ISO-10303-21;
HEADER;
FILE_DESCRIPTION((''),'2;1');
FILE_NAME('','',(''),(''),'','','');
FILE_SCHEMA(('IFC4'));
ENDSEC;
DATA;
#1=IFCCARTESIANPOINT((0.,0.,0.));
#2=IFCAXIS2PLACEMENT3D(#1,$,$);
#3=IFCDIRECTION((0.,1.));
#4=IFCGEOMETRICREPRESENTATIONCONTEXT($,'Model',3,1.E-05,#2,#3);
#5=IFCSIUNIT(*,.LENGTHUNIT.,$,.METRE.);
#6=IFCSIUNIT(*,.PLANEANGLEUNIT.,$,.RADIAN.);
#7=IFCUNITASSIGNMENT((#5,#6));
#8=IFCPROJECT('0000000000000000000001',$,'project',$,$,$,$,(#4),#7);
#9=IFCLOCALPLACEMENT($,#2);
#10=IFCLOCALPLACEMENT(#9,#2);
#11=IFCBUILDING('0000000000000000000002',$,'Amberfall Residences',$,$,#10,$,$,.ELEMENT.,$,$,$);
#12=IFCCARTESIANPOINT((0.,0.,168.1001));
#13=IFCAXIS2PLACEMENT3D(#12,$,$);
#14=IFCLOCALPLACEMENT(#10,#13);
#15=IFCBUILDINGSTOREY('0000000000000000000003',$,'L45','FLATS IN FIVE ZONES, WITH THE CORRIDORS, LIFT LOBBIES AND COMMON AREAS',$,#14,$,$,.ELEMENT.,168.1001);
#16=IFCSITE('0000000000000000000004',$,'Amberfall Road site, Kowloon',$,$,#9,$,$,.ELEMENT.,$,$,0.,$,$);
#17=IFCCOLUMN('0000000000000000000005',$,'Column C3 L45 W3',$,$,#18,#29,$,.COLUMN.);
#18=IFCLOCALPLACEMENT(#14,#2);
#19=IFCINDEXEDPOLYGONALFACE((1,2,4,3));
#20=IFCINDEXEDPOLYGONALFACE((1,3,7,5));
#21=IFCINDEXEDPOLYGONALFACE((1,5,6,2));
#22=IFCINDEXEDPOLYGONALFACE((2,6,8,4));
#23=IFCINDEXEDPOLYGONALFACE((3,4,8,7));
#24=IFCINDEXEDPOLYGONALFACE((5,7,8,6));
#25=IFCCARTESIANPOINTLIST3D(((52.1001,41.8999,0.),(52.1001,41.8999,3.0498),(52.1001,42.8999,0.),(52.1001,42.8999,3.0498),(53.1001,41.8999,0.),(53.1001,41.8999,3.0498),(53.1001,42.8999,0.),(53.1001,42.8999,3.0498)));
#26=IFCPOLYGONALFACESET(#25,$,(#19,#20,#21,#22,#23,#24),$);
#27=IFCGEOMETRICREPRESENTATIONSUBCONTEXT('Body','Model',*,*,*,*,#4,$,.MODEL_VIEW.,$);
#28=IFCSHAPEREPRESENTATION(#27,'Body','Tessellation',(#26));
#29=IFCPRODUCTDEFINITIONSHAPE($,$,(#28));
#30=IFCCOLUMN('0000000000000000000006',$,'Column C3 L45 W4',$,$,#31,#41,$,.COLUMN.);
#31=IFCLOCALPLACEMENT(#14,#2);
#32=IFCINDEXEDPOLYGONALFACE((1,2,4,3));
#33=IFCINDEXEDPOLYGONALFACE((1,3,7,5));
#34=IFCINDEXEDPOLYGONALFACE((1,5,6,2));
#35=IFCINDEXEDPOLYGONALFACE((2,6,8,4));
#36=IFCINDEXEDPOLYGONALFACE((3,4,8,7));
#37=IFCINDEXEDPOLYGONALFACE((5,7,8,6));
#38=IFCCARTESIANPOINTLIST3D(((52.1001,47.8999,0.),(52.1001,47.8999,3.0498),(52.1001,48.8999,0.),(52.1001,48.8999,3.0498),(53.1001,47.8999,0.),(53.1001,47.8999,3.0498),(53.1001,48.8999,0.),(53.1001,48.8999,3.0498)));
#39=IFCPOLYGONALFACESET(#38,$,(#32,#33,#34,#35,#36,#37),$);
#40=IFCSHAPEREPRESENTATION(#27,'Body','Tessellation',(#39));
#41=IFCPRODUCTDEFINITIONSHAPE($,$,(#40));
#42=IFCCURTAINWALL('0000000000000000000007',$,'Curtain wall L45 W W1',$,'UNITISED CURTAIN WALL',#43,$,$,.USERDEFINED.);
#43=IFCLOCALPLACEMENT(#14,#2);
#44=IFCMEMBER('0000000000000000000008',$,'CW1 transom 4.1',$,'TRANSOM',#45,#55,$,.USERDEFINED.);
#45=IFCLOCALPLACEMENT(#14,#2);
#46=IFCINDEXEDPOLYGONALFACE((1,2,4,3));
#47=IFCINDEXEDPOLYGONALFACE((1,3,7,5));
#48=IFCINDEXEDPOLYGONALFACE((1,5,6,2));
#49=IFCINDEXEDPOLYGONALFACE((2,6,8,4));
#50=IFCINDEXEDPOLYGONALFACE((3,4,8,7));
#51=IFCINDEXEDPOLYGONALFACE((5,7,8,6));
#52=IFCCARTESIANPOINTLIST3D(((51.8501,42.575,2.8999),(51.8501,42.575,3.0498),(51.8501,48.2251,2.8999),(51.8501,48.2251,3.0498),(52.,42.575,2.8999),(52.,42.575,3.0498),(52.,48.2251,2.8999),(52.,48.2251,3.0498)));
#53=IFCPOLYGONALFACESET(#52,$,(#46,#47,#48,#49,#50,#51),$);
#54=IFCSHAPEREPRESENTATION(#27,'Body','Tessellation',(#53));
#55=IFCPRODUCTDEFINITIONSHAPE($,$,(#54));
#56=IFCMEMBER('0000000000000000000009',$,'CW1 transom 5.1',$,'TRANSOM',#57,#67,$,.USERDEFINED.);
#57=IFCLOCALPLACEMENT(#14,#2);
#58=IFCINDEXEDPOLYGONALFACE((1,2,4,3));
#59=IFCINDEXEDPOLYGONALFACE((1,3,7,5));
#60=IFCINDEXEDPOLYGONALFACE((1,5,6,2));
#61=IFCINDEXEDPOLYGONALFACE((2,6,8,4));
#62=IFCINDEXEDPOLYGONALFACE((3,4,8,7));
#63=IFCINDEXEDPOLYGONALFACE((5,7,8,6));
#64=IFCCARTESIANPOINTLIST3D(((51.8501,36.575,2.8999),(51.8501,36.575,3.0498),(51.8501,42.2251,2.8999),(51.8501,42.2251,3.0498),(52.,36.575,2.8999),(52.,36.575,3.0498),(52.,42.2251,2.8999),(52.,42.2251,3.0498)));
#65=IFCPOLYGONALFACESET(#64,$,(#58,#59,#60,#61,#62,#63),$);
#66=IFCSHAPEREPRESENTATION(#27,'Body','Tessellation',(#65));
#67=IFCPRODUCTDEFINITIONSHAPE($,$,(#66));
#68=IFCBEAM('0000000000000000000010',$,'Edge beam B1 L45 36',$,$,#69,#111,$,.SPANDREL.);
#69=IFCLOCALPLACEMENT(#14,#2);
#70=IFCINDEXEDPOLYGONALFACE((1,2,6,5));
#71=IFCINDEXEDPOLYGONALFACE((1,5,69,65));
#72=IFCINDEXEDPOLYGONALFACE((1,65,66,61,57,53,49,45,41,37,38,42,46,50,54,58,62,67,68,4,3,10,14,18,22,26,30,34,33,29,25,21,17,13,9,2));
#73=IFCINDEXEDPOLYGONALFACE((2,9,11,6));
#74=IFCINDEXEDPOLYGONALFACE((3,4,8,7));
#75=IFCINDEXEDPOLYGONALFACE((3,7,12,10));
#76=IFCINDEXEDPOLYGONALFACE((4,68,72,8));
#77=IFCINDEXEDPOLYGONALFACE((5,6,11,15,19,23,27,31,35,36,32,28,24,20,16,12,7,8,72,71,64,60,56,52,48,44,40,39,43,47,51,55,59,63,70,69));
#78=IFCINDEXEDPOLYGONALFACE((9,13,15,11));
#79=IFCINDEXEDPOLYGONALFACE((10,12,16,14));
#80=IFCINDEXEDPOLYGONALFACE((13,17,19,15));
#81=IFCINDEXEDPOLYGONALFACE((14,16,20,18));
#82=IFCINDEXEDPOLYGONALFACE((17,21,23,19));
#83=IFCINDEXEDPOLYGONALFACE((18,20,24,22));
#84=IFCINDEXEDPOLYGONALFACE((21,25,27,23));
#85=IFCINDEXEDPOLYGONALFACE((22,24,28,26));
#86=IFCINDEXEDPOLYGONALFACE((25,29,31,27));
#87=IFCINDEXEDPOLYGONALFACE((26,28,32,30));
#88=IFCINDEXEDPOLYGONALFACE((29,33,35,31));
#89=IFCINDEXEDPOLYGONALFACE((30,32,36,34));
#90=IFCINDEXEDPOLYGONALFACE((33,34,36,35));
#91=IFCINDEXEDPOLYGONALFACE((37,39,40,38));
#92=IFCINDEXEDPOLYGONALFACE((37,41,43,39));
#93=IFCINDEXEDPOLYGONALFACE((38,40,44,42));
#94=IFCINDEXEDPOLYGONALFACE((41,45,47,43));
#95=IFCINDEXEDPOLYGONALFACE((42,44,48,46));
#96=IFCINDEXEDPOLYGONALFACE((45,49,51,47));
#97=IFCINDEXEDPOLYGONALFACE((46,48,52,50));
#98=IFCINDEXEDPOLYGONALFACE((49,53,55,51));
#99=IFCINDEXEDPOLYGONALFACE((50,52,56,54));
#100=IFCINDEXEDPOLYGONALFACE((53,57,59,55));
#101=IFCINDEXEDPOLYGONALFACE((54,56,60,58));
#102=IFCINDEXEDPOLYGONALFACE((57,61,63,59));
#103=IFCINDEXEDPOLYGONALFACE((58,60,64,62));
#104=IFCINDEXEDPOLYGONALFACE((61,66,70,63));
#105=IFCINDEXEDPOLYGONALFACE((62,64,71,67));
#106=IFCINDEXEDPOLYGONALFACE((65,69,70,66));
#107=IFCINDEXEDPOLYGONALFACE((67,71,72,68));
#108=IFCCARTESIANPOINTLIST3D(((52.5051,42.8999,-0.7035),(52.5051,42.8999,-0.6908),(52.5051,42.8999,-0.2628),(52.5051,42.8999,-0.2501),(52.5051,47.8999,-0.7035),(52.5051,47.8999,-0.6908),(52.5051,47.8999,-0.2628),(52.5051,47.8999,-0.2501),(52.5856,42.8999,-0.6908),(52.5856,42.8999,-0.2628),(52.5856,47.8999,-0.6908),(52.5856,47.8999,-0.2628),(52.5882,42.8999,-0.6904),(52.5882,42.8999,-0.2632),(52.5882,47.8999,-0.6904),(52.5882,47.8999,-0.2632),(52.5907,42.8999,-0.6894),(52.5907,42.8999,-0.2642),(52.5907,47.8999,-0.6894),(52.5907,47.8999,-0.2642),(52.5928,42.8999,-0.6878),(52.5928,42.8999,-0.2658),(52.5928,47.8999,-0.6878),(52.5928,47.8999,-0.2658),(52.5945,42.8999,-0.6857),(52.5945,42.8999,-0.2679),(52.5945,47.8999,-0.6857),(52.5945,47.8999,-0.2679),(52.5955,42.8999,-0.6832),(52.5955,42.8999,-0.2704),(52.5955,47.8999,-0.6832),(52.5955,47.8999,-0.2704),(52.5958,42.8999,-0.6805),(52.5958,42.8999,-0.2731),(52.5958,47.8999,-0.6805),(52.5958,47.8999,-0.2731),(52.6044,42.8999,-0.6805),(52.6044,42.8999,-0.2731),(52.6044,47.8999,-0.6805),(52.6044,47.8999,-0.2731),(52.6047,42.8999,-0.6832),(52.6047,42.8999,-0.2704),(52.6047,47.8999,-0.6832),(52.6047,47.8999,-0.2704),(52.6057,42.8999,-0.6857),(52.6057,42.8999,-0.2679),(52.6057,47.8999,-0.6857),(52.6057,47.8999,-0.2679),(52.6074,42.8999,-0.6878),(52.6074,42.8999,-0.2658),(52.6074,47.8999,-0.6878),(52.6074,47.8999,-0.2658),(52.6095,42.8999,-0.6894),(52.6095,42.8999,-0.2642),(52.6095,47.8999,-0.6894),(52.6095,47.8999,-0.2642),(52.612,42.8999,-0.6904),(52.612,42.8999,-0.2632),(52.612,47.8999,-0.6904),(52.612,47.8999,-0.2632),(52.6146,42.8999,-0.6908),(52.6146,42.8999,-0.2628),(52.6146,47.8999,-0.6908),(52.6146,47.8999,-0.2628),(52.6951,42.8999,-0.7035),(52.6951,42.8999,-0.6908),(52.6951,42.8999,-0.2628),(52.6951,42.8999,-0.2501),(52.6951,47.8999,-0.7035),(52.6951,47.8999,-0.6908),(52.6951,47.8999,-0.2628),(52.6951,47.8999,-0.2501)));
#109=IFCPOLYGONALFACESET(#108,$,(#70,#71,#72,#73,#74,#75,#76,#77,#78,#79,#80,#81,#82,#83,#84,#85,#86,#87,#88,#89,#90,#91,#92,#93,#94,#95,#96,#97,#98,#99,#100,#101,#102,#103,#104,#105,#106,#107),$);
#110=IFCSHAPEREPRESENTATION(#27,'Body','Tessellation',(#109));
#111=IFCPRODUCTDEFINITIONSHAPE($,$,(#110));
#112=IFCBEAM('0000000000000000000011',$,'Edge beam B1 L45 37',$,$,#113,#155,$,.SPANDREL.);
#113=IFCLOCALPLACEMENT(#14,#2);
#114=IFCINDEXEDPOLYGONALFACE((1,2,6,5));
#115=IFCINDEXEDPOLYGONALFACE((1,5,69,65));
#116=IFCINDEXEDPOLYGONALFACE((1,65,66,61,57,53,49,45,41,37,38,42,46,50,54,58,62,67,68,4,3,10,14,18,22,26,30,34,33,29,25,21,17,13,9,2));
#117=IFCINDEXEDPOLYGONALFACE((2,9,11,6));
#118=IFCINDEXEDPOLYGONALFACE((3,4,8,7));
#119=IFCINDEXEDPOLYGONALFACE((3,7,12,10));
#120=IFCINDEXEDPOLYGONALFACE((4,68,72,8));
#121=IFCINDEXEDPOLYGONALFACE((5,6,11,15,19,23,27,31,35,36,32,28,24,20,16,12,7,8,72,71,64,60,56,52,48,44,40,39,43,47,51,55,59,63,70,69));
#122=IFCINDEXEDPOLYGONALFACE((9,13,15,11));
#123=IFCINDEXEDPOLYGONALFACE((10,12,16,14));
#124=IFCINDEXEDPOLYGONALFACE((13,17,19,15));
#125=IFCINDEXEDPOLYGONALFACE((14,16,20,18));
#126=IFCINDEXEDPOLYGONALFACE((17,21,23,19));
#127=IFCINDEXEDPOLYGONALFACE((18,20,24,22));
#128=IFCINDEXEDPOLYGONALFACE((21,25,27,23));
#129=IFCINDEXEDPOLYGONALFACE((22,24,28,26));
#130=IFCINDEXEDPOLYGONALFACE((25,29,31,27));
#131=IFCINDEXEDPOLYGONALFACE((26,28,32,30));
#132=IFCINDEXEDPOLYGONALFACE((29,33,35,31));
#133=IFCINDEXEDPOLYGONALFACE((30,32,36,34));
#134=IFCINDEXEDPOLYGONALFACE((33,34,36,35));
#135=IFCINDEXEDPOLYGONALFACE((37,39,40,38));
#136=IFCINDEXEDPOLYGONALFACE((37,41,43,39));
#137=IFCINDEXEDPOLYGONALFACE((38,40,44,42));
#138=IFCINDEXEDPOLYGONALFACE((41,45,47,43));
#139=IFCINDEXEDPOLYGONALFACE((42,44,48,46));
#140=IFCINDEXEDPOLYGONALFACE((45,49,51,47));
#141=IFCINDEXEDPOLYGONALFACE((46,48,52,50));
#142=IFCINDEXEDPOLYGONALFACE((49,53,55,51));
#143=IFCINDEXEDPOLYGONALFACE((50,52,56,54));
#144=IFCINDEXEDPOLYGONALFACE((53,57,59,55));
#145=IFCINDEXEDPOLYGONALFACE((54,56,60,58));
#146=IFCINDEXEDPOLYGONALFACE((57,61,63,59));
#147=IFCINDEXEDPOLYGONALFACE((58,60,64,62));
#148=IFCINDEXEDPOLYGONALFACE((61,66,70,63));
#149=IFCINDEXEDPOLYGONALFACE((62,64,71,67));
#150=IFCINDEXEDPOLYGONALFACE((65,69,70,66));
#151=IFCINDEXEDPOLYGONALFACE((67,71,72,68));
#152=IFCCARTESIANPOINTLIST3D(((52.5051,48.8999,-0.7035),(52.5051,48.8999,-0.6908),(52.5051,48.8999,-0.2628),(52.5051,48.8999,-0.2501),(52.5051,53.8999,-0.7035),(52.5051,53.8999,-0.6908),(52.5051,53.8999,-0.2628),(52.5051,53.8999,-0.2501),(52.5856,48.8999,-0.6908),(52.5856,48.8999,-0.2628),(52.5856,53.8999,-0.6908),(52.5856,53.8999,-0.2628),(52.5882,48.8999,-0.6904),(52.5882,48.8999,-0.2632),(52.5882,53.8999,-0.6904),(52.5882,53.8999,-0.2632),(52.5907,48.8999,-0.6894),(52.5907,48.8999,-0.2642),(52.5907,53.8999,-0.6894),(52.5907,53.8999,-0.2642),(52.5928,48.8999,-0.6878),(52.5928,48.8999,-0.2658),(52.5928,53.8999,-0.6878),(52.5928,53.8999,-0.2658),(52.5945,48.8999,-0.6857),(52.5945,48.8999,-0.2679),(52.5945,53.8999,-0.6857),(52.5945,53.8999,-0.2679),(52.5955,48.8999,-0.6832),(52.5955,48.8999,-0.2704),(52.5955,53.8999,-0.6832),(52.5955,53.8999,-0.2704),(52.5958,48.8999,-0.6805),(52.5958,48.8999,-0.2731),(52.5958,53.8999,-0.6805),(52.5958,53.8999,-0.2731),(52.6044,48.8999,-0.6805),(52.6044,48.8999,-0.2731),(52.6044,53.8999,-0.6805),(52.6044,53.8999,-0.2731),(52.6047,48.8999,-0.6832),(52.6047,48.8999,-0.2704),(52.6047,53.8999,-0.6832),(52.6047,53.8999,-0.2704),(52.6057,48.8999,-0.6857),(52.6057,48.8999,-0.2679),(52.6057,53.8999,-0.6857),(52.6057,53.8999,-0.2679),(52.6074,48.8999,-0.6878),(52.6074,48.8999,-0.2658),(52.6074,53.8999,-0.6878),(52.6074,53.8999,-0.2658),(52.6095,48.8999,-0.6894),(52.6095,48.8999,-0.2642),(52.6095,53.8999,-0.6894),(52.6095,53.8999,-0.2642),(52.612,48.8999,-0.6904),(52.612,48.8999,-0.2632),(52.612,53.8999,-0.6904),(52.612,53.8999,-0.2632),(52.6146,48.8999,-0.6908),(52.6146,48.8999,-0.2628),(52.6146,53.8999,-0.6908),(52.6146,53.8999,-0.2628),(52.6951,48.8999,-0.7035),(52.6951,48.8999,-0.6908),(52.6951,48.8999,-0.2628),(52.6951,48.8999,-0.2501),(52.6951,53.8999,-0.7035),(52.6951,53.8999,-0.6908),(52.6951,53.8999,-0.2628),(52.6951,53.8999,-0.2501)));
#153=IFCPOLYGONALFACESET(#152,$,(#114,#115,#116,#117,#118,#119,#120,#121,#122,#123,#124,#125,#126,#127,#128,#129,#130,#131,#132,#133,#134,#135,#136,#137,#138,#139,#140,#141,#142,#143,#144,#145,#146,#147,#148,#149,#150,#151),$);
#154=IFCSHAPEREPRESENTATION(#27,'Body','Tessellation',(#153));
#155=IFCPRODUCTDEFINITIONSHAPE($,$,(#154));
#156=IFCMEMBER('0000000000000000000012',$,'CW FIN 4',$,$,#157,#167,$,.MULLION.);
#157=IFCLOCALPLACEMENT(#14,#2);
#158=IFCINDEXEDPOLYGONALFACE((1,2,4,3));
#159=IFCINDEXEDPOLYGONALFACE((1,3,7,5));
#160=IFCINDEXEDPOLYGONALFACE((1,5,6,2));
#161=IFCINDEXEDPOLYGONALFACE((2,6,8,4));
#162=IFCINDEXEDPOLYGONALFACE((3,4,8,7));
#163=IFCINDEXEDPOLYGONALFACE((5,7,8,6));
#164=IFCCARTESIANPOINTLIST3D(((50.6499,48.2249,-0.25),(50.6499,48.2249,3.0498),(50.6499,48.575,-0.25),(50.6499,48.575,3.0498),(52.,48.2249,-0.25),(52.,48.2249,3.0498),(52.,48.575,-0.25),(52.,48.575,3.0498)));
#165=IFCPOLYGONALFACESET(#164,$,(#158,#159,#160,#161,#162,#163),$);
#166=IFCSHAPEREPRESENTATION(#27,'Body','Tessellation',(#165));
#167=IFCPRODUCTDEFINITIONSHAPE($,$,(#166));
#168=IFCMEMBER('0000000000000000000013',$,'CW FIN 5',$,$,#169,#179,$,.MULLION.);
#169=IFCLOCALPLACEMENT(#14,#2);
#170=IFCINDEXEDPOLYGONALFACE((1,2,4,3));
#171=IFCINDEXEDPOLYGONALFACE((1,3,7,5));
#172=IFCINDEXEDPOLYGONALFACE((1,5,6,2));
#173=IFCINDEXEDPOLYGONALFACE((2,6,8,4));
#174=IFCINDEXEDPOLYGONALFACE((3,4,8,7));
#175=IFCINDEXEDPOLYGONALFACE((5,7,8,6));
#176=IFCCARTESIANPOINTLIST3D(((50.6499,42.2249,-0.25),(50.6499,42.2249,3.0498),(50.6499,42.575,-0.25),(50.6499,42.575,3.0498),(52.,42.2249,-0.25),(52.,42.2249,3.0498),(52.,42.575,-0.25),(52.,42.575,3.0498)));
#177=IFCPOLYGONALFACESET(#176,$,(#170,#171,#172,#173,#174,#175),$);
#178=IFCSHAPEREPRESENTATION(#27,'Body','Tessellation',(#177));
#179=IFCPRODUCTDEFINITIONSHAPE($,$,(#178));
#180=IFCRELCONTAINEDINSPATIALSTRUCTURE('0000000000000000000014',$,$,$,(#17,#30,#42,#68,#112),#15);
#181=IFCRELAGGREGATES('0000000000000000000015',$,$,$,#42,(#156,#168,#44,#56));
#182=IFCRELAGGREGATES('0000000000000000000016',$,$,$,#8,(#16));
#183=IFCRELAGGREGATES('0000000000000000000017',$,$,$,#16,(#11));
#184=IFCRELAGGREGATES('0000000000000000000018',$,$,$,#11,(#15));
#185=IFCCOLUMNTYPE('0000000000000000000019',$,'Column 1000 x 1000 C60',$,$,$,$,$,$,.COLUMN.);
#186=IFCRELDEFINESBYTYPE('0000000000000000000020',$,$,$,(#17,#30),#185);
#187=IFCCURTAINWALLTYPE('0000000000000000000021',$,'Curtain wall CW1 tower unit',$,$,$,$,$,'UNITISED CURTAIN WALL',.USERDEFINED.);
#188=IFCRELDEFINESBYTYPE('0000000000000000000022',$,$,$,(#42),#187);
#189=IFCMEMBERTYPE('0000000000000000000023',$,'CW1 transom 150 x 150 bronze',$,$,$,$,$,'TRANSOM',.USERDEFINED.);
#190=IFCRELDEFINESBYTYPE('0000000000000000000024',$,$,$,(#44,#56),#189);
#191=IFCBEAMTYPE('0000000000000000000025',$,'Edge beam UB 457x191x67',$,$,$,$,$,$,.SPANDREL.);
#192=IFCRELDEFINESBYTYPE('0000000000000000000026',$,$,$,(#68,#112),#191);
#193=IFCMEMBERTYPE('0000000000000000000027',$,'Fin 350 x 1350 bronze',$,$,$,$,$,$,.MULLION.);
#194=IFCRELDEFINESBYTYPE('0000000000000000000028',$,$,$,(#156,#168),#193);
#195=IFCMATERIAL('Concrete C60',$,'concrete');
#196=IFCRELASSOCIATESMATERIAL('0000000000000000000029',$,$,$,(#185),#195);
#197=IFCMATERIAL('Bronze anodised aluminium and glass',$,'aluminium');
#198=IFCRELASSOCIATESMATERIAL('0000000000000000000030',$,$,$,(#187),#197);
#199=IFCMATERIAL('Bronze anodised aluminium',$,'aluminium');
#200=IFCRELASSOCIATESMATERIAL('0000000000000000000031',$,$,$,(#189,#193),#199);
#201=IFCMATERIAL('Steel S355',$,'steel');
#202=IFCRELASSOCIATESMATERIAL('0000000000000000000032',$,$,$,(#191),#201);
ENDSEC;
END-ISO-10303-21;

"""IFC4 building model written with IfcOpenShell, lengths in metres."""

from ifc_helpers import new_model, si_unit, direction, frame, origin, origin_2d, place, context, subcontext, project, spatial, rectangle, i_section, extrude, material, material_profile, profile_set, type_object, element, aggregate, save


model = new_model("IFC4")

# Units and contexts
model_context = context("Model", 3, precision=1e-05, world=origin(), true_north=direction((0.0, 1.0)))
body_context = subcontext(model_context, "Body", "Model", "MODEL_VIEW")
ifc_project = project(units=[si_unit("LENGTHUNIT", "METRE"), si_unit("PLANEANGLEUNIT", "RADIAN")], contexts=[model_context])

# Site, building, storey
site_placement = place(None, origin())
site = spatial("IfcSite", under=ifc_project, at=site_placement, Name="Amberfall Road site, Kowloon", CompositionType="ELEMENT", RefElevation=0.0)
building_placement = place(site_placement, origin())
building = spatial("IfcBuilding", under=site, at=building_placement, Name="Amberfall Residences", CompositionType="ELEMENT")
storey_placement = place(building_placement, frame((0.0, 0.0, 168.1001)))
storey = spatial("IfcBuildingStorey", under=building, at=storey_placement, Name="L45", Description="FLATS IN FIVE ZONES, WITH THE CORRIDORS, LIFT LOBBIES AND COMMON AREAS", CompositionType="ELEMENT", Elevation=168.1001)

# Columns
ifc_material_1 = material(Name="Concrete C60", Category="concrete")
ifc_material_profile_1 = material_profile(ifc_material_1, rectangle(XDim=1.0, YDim=1.0, at=origin_2d()), Name="Column 1000 x 1000 C60")
ifc_profile_set_1 = profile_set([ifc_material_profile_1], Name="Concrete C60")
column_type = type_object("IfcColumnType", Name="Column 1000 x 1000 C60", PredefinedType="COLUMN", material=ifc_profile_set_1)
for number, where, z_axis, x_axis, name in (
    (1, (52.6001, 42.3999, 0.0), (0.0, 0.0, 1.0), (1.0, 0.0, 0.0), "Column C3 L45 W3"),
    (2, (52.6001, 48.3999, 0.0), (0.0, 0.0, 1.0), (1.0, 0.0, 0.0), "Column C3 L45 W4"),
):
    element("IfcColumn", number, at=place(storey_placement, frame(where, z_axis=z_axis, x_axis=x_axis)), inside=storey, type_object=column_type, Name=name, PredefinedType="COLUMN", context=body_context, shape_type="SweptSolid", body=[
        extrude(rectangle(XDim=1.0, YDim=1.0, at=origin_2d()), origin(), (0.0, 0.0, 1.0), 3.0498),
    ])

# Curtain wall, members
ifc_material_2 = material(Name="Bronze anodised aluminium and glass", Category="aluminium")
curtain_wall_type = type_object("IfcCurtainWallType", Name="Curtain wall CW1 tower unit", ElementType="UNITISED CURTAIN WALL", PredefinedType="USERDEFINED", material=ifc_material_2)
curtain_wall_placement = place(storey_placement, origin())
curtain_wall = element("IfcCurtainWall", 3, at=curtain_wall_placement, inside=storey, type_object=curtain_wall_type, Name="Curtain wall L45 W W1", ObjectType="UNITISED CURTAIN WALL", PredefinedType="USERDEFINED")
ifc_material_3 = material(Name="Bronze anodised aluminium", Category="aluminium")
ifc_material_profile_2 = material_profile(ifc_material_3, rectangle(XDim=0.1499, YDim=0.1499, at=origin_2d()), Name="CW1 transom 150 x 150 bronze")
ifc_profile_set_2 = profile_set([ifc_material_profile_2], Name="Bronze anodised aluminium")
member_type_1 = type_object("IfcMemberType", Name="CW1 transom 150 x 150 bronze", ElementType="TRANSOM", PredefinedType="USERDEFINED", material=ifc_profile_set_2)
member_1_placement = place(storey_placement, frame((51.925, 48.2251, 2.9749), z_axis=(0.0, -1.0, 0.0), x_axis=(1.0, 0.0, 0.0)))
member_1 = element("IfcMember", 4, at=member_1_placement, type_object=member_type_1, Name="CW1 transom 4.1", ObjectType="TRANSOM", PredefinedType="USERDEFINED", context=body_context, shape_type="SweptSolid", body=[
    extrude(rectangle(XDim=0.1499, YDim=0.1499, at=origin_2d()), origin(), (0.0, 0.0, 1.0), 5.6501),
])
member_2_placement = place(storey_placement, frame((51.925, 42.2251, 2.9749), z_axis=(0.0, -1.0, 0.0), x_axis=(1.0, 0.0, 0.0)))
member_2 = element("IfcMember", 5, at=member_2_placement, type_object=member_type_1, Name="CW1 transom 5.1", ObjectType="TRANSOM", PredefinedType="USERDEFINED", context=body_context, shape_type="SweptSolid", body=[
    extrude(rectangle(XDim=0.1499, YDim=0.1499, at=origin_2d()), origin(), (0.0, 0.0, 1.0), 5.6501),
])

# Beams
ifc_material_4 = material(Name="Steel S355", Category="steel")
ifc_material_profile_3 = material_profile(ifc_material_4, i_section(OverallWidth=0.1899, OverallDepth=0.4534, WebThickness=0.0085, FlangeThickness=0.0127, FilletRadius=0.0103, at=origin_2d()), Name="UB 457x191x67")
ifc_profile_set_3 = profile_set([ifc_material_profile_3], Name="Steel S355")
beam_type_1 = type_object("IfcBeamType", Name="Edge beam UB 457x191x67", PredefinedType="SPANDREL", material=ifc_profile_set_3)
for number, where, z_axis, x_axis, name in (
    (6, (52.6001, 42.8999, -0.4768), (0.0, 1.0, 0.0), (-1.0, 0.0, 0.0), "Edge beam B1 L45 36"),
    (7, (52.6001, 48.8999, -0.4768), (0.0, 1.0, 0.0), (-1.0, 0.0, 0.0), "Edge beam B1 L45 37"),
):
    element("IfcBeam", number, at=place(storey_placement, frame(where, z_axis=z_axis, x_axis=x_axis)), inside=storey, type_object=beam_type_1, Name=name, PredefinedType="SPANDREL", context=body_context, shape_type="SweptSolid", body=[
        extrude(i_section(OverallWidth=0.1899, OverallDepth=0.4534, WebThickness=0.0085, FlangeThickness=0.0127, FilletRadius=0.0103, at=origin_2d()), origin(), (0.0, 0.0, 1.0), 5.0),
    ])

# Members
ifc_material_profile_4 = material_profile(ifc_material_3, rectangle(XDim=1.3501, YDim=0.3501, at=origin_2d()), Name="Fin 350 x 1350 bronze")
ifc_profile_set_4 = profile_set([ifc_material_profile_4], Name="Bronze anodised aluminium")
member_type_2 = type_object("IfcMemberType", Name="Fin 350 x 1350 bronze", PredefinedType="MULLION", material=ifc_profile_set_4)
member_3_placement = place(storey_placement, frame((51.325, 48.3999, -0.25), z_axis=(0.0, 0.0, 1.0), x_axis=(1.0, 0.0, 0.0)))
member_3 = element("IfcMember", 8, at=member_3_placement, type_object=member_type_2, Name="CW FIN 4", PredefinedType="MULLION", context=body_context, shape_type="SweptSolid", body=[
    extrude(rectangle(XDim=1.3501, YDim=0.3501, at=origin_2d()), origin(), (0.0, 0.0, 1.0), 3.2998),
])
member_4_placement = place(storey_placement, frame((51.325, 42.3999, -0.25), z_axis=(0.0, 0.0, 1.0), x_axis=(1.0, 0.0, 0.0)))
member_4 = element("IfcMember", 9, at=member_4_placement, type_object=member_type_2, Name="CW FIN 5", PredefinedType="MULLION", context=body_context, shape_type="SweptSolid", body=[
    extrude(rectangle(XDim=1.3501, YDim=0.3501, at=origin_2d()), origin(), (0.0, 0.0, 1.0), 3.2998),
])

aggregate(curtain_wall, [member_3, member_4, member_1, member_2])

save(model, "model.ifc")
